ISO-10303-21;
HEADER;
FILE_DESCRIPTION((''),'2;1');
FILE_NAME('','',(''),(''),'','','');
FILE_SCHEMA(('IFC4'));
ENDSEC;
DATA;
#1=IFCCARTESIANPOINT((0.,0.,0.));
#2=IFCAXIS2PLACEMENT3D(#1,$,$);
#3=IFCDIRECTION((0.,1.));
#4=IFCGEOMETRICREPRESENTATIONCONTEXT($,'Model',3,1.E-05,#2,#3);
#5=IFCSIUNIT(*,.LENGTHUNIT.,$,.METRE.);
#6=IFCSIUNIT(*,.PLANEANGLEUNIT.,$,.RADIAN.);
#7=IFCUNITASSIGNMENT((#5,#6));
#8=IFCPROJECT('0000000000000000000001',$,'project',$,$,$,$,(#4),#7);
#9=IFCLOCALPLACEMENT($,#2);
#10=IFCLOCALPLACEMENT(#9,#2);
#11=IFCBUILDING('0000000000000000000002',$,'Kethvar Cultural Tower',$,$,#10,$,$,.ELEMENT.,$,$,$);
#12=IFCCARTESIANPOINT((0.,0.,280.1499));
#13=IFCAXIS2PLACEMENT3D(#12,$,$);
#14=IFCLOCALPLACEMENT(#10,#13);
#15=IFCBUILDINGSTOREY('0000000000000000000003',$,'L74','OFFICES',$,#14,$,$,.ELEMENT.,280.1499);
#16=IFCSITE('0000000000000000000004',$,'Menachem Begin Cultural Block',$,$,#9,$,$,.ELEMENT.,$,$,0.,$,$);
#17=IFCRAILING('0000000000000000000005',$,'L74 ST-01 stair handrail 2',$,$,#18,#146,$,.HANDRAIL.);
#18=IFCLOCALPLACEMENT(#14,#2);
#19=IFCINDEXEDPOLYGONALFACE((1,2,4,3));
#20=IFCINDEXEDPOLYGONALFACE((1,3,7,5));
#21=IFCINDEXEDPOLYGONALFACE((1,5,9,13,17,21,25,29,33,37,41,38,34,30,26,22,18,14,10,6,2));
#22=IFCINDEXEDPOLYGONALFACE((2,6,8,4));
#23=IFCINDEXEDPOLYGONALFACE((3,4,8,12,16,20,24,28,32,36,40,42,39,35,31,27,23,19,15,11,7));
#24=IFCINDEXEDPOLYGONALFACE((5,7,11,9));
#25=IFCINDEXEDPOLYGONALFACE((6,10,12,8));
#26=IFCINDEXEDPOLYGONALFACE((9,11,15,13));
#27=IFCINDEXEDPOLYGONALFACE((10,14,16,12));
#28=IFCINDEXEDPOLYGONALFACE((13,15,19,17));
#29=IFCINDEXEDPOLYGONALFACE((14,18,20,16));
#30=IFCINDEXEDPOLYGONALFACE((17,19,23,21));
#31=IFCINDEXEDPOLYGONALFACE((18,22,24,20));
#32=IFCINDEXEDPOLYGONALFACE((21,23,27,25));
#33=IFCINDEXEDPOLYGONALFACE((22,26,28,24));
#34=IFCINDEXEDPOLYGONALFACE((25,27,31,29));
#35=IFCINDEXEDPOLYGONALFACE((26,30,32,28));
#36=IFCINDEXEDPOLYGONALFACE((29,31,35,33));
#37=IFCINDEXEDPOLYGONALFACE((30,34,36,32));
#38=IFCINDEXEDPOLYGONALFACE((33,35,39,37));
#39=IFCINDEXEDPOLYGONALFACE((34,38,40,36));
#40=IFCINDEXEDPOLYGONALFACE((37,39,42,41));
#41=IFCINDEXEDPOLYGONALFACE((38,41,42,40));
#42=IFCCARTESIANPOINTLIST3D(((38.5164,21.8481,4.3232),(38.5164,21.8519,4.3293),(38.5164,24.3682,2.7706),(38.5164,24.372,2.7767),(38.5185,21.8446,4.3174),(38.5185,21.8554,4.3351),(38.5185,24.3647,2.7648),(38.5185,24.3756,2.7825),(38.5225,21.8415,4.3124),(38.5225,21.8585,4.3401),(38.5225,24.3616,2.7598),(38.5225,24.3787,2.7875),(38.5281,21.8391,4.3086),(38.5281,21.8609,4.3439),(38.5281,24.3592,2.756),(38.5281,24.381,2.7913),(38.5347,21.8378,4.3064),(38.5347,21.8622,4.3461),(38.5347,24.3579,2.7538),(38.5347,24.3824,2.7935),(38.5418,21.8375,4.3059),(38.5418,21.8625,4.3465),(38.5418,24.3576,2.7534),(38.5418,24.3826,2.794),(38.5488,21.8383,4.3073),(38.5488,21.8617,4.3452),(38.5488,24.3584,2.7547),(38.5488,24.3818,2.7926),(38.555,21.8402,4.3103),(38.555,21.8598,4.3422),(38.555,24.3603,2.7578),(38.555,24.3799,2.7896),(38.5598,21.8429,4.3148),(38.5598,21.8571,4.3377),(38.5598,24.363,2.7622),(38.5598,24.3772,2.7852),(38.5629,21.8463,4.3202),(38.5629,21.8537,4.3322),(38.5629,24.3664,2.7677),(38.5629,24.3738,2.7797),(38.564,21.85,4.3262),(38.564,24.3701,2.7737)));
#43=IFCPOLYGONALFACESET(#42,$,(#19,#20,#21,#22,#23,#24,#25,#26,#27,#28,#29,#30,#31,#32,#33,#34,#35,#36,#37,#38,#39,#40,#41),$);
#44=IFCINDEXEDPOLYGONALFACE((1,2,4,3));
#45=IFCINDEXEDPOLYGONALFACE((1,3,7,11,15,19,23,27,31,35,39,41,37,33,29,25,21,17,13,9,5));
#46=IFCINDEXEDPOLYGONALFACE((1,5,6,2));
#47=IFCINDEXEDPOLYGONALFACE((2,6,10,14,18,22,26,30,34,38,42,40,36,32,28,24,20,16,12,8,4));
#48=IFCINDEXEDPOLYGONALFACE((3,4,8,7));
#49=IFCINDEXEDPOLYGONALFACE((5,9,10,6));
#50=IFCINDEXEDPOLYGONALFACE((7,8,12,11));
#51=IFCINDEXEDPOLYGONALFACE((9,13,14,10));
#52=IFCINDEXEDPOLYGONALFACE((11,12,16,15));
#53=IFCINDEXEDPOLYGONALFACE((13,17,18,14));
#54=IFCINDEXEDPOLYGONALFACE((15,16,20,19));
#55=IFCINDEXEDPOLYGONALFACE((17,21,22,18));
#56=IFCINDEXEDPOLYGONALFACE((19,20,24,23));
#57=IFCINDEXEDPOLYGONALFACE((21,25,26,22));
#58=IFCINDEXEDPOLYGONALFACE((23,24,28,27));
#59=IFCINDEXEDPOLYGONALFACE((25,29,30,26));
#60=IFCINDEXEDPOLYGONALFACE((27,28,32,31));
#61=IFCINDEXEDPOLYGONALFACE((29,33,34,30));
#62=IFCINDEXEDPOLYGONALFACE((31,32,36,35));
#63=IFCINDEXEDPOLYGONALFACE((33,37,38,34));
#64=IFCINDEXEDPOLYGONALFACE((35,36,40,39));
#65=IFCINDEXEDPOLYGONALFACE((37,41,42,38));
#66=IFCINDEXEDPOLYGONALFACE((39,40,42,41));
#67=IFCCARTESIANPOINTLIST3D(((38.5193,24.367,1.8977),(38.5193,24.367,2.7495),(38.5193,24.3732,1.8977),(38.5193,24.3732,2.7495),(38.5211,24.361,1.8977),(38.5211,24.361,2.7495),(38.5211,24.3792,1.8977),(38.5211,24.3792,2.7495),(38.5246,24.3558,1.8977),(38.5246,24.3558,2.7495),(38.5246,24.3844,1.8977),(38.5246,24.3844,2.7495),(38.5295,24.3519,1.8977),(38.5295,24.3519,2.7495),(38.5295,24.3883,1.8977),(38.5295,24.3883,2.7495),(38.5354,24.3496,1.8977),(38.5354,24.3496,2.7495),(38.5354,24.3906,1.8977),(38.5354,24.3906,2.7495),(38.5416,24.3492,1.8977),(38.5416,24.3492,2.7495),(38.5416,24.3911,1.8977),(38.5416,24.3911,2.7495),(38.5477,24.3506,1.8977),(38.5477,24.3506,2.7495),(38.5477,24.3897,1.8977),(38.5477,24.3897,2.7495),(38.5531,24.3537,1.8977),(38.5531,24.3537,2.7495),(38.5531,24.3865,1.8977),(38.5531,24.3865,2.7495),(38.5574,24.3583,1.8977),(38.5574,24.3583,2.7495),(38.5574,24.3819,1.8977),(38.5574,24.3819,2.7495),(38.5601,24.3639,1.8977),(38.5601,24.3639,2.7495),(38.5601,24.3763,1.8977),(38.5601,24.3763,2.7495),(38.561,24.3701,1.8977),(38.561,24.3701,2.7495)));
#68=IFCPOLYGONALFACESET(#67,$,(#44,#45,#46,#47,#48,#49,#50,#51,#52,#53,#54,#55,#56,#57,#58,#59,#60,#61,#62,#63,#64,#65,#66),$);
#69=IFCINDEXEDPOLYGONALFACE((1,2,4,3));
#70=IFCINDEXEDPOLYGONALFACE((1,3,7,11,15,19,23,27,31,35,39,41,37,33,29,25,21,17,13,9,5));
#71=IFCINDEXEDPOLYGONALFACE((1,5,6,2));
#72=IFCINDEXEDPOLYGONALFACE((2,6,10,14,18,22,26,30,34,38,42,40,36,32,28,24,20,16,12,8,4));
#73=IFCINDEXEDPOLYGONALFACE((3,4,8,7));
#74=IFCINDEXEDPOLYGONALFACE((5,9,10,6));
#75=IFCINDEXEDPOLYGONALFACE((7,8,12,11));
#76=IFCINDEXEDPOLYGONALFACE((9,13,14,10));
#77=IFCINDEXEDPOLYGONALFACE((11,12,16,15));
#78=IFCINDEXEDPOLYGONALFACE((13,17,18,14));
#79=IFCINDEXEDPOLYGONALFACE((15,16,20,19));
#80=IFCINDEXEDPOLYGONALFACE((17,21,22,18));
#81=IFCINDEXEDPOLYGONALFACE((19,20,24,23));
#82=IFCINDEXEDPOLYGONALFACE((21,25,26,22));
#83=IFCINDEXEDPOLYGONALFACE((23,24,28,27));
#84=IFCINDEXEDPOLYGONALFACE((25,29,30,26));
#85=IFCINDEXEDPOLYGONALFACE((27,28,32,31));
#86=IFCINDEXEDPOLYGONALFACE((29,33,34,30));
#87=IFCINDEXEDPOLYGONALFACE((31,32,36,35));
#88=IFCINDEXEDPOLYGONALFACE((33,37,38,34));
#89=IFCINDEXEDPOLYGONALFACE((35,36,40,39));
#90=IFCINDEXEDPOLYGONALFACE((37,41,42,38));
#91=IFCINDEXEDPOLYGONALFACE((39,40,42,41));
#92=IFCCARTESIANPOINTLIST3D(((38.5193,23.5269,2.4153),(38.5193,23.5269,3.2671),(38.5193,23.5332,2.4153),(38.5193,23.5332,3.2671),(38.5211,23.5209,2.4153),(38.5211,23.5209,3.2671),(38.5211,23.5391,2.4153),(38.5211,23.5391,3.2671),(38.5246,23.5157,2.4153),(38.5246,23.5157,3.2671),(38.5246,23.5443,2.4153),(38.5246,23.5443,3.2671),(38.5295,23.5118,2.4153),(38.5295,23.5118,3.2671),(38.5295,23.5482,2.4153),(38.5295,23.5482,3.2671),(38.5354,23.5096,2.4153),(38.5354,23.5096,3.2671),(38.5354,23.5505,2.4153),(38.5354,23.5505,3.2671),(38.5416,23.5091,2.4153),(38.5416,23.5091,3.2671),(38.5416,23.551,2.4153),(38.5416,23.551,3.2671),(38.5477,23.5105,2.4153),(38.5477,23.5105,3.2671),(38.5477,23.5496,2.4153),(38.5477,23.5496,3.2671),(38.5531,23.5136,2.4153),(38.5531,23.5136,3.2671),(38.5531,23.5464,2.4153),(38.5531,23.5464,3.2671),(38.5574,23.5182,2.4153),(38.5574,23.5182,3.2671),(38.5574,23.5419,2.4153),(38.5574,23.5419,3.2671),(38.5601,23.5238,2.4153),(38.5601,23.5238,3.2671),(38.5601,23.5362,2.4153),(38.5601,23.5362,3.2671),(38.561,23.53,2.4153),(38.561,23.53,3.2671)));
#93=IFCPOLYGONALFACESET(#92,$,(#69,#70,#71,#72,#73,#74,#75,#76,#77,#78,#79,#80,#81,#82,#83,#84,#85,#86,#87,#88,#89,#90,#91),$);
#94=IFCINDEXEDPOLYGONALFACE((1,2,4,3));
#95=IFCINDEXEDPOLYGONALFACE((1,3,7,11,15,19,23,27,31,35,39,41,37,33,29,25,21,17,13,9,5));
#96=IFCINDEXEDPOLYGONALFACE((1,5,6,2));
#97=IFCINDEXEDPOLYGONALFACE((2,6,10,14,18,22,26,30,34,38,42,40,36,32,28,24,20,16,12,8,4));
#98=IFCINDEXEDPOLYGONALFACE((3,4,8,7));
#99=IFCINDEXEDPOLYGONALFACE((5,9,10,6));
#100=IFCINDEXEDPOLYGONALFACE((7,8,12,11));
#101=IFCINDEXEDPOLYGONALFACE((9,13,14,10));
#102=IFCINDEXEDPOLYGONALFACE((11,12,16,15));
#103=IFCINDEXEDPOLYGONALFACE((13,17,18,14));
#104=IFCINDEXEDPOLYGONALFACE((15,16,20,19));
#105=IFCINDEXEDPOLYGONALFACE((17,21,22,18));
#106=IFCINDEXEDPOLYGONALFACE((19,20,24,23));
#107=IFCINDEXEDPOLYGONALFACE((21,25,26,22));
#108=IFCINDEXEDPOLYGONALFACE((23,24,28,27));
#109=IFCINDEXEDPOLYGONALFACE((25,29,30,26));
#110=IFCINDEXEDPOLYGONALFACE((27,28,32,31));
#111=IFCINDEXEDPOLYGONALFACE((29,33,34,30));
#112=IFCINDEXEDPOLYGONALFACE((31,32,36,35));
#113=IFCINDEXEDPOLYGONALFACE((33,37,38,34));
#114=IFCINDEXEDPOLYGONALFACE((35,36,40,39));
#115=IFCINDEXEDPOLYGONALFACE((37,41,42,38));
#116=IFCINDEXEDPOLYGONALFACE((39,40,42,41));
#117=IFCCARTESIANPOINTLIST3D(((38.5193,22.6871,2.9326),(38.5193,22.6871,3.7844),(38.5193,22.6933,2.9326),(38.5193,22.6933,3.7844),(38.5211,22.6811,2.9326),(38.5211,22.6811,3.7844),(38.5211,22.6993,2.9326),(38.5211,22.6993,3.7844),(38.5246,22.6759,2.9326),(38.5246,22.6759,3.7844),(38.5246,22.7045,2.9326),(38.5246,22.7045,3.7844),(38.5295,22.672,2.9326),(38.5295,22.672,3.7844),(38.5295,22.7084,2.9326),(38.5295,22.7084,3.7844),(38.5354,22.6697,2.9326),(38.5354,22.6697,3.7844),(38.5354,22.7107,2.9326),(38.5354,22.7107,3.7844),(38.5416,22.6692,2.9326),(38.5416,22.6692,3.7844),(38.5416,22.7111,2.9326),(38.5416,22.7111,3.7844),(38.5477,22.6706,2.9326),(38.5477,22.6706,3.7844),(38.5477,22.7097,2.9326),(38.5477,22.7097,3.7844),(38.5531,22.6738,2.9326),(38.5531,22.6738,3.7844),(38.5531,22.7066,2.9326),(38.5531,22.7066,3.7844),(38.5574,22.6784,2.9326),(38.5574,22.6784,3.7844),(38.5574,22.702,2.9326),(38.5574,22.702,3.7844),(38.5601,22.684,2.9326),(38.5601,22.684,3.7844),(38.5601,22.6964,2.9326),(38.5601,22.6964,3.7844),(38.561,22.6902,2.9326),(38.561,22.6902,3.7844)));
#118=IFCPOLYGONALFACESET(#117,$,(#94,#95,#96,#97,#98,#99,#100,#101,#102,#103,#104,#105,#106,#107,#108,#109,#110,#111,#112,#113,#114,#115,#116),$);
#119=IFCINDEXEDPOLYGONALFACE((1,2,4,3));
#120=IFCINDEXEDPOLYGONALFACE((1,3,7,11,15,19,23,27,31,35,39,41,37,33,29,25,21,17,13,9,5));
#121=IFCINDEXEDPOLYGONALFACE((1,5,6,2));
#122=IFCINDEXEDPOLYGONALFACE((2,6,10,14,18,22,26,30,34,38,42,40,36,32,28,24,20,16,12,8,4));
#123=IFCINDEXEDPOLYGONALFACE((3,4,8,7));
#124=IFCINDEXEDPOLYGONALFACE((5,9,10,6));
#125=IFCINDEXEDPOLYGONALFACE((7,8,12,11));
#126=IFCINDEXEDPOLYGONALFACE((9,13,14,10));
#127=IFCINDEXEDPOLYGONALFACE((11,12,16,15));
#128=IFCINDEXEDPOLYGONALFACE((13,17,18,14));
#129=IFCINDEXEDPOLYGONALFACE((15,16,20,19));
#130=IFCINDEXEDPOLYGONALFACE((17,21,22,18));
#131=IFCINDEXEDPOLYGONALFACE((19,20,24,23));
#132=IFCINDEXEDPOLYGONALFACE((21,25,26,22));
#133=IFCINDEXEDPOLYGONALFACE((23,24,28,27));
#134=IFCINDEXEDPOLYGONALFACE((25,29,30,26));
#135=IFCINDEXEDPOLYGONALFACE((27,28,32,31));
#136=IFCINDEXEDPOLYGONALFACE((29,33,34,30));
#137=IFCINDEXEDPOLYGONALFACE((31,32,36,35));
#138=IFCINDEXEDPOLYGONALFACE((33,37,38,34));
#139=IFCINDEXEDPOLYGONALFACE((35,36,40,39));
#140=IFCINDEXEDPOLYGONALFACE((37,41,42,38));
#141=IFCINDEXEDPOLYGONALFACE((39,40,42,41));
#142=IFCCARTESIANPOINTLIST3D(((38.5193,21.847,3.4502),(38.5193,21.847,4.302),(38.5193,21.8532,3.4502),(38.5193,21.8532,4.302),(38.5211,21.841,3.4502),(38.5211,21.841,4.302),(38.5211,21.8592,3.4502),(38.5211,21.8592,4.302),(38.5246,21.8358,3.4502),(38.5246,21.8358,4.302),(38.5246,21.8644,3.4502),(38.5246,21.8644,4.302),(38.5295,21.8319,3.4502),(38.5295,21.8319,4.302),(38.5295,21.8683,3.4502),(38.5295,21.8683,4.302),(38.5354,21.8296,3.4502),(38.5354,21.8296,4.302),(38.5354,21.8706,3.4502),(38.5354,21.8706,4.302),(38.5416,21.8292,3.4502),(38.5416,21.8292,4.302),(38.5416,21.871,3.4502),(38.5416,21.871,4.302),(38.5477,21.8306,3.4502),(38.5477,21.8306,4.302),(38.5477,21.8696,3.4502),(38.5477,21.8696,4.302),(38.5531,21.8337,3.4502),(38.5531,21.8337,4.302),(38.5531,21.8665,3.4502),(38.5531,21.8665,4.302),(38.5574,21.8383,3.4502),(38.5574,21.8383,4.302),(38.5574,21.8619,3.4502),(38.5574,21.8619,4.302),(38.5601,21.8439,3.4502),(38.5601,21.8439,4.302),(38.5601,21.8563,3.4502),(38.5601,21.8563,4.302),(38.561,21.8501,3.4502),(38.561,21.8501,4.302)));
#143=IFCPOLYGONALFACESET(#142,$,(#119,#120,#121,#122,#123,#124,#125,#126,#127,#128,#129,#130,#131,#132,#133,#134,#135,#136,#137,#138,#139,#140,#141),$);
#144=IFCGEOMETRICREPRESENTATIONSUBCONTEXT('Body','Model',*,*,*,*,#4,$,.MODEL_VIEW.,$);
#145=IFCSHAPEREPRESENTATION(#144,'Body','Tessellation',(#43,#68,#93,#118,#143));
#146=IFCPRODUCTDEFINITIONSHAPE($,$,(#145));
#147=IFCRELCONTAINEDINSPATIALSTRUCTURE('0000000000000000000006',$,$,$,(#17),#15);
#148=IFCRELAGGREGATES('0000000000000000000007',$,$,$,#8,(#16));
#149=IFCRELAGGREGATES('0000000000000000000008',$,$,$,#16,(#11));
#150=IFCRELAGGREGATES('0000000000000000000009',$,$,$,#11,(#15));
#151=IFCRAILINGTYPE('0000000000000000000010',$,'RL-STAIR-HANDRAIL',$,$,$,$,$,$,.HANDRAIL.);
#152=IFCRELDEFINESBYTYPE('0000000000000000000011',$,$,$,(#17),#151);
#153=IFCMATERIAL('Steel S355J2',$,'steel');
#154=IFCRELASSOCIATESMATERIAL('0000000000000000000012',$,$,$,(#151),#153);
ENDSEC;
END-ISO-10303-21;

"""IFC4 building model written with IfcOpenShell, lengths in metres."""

from ifc_helpers import new_model, si_unit, direction, frame, origin, origin_2d, place, context, subcontext, project, spatial, circle, extrude, material, type_object, element, save


model = new_model("IFC4")

# Units and contexts
model_context = context("Model", 3, precision=1e-05, world=origin(), true_north=direction((0.0, 1.0)))
body_context = subcontext(model_context, "Body", "Model", "MODEL_VIEW")
ifc_project = project(units=[si_unit("LENGTHUNIT", "METRE"), si_unit("PLANEANGLEUNIT", "RADIAN")], contexts=[model_context])

# Site, building, storey
site_placement = place(None, origin())
site = spatial("IfcSite", under=ifc_project, at=site_placement, Name="Menachem Begin Cultural Block", CompositionType="ELEMENT", RefElevation=0.0)
building_placement = place(site_placement, origin())
building = spatial("IfcBuilding", under=site, at=building_placement, Name="Kethvar Cultural Tower", CompositionType="ELEMENT")
storey_placement = place(building_placement, frame((0.0, 0.0, 280.1499)))
storey = spatial("IfcBuildingStorey", under=building, at=storey_placement, Name="L74", Description="OFFICES", CompositionType="ELEMENT", Elevation=280.1499)

# Shared definitions
ifc_material_1 = material(Name="Steel S355J2", Category="steel")

# Railing
railing_type_1 = type_object("IfcRailingType", Name="RL-STAIR-HANDRAIL", PredefinedType="HANDRAIL", material=ifc_material_1)
railing_1_placement = place(storey_placement, frame((38.54, 24.3701, 1.8977)))
element("IfcRailing", 1, at=railing_1_placement, inside=storey, type_object=railing_type_1, Name="L74 ST-01 stair handrail 2", PredefinedType="HANDRAIL", context=body_context, shape_type="SweptSolid", body=[
    extrude(circle(Radius=0.0239, at=origin_2d()), frame((0.0, 0.0, 0.876), z_axis=(0.0, -0.8514, 0.524516), x_axis=(1.0, 0.0, 0.0)), (0.0, 0.0, 1.0), 2.96),
    extrude(circle(Radius=0.021, at=origin_2d()), origin(), (0.0, 0.0, 1.0), 0.8518),
    extrude(circle(Radius=0.021, at=origin_2d()), frame((0.0, -0.8401, 0.5176)), (0.0, 0.0, 1.0), 0.8518),
    extrude(circle(Radius=0.021, at=origin_2d()), frame((0.0, -1.6799, 1.0349)), (0.0, 0.0, 1.0), 0.8518),
    extrude(circle(Radius=0.021, at=origin_2d()), frame((0.0, -2.52, 1.5525)), (0.0, 0.0, 1.0), 0.8518),
])

save(model, "model.ifc")
